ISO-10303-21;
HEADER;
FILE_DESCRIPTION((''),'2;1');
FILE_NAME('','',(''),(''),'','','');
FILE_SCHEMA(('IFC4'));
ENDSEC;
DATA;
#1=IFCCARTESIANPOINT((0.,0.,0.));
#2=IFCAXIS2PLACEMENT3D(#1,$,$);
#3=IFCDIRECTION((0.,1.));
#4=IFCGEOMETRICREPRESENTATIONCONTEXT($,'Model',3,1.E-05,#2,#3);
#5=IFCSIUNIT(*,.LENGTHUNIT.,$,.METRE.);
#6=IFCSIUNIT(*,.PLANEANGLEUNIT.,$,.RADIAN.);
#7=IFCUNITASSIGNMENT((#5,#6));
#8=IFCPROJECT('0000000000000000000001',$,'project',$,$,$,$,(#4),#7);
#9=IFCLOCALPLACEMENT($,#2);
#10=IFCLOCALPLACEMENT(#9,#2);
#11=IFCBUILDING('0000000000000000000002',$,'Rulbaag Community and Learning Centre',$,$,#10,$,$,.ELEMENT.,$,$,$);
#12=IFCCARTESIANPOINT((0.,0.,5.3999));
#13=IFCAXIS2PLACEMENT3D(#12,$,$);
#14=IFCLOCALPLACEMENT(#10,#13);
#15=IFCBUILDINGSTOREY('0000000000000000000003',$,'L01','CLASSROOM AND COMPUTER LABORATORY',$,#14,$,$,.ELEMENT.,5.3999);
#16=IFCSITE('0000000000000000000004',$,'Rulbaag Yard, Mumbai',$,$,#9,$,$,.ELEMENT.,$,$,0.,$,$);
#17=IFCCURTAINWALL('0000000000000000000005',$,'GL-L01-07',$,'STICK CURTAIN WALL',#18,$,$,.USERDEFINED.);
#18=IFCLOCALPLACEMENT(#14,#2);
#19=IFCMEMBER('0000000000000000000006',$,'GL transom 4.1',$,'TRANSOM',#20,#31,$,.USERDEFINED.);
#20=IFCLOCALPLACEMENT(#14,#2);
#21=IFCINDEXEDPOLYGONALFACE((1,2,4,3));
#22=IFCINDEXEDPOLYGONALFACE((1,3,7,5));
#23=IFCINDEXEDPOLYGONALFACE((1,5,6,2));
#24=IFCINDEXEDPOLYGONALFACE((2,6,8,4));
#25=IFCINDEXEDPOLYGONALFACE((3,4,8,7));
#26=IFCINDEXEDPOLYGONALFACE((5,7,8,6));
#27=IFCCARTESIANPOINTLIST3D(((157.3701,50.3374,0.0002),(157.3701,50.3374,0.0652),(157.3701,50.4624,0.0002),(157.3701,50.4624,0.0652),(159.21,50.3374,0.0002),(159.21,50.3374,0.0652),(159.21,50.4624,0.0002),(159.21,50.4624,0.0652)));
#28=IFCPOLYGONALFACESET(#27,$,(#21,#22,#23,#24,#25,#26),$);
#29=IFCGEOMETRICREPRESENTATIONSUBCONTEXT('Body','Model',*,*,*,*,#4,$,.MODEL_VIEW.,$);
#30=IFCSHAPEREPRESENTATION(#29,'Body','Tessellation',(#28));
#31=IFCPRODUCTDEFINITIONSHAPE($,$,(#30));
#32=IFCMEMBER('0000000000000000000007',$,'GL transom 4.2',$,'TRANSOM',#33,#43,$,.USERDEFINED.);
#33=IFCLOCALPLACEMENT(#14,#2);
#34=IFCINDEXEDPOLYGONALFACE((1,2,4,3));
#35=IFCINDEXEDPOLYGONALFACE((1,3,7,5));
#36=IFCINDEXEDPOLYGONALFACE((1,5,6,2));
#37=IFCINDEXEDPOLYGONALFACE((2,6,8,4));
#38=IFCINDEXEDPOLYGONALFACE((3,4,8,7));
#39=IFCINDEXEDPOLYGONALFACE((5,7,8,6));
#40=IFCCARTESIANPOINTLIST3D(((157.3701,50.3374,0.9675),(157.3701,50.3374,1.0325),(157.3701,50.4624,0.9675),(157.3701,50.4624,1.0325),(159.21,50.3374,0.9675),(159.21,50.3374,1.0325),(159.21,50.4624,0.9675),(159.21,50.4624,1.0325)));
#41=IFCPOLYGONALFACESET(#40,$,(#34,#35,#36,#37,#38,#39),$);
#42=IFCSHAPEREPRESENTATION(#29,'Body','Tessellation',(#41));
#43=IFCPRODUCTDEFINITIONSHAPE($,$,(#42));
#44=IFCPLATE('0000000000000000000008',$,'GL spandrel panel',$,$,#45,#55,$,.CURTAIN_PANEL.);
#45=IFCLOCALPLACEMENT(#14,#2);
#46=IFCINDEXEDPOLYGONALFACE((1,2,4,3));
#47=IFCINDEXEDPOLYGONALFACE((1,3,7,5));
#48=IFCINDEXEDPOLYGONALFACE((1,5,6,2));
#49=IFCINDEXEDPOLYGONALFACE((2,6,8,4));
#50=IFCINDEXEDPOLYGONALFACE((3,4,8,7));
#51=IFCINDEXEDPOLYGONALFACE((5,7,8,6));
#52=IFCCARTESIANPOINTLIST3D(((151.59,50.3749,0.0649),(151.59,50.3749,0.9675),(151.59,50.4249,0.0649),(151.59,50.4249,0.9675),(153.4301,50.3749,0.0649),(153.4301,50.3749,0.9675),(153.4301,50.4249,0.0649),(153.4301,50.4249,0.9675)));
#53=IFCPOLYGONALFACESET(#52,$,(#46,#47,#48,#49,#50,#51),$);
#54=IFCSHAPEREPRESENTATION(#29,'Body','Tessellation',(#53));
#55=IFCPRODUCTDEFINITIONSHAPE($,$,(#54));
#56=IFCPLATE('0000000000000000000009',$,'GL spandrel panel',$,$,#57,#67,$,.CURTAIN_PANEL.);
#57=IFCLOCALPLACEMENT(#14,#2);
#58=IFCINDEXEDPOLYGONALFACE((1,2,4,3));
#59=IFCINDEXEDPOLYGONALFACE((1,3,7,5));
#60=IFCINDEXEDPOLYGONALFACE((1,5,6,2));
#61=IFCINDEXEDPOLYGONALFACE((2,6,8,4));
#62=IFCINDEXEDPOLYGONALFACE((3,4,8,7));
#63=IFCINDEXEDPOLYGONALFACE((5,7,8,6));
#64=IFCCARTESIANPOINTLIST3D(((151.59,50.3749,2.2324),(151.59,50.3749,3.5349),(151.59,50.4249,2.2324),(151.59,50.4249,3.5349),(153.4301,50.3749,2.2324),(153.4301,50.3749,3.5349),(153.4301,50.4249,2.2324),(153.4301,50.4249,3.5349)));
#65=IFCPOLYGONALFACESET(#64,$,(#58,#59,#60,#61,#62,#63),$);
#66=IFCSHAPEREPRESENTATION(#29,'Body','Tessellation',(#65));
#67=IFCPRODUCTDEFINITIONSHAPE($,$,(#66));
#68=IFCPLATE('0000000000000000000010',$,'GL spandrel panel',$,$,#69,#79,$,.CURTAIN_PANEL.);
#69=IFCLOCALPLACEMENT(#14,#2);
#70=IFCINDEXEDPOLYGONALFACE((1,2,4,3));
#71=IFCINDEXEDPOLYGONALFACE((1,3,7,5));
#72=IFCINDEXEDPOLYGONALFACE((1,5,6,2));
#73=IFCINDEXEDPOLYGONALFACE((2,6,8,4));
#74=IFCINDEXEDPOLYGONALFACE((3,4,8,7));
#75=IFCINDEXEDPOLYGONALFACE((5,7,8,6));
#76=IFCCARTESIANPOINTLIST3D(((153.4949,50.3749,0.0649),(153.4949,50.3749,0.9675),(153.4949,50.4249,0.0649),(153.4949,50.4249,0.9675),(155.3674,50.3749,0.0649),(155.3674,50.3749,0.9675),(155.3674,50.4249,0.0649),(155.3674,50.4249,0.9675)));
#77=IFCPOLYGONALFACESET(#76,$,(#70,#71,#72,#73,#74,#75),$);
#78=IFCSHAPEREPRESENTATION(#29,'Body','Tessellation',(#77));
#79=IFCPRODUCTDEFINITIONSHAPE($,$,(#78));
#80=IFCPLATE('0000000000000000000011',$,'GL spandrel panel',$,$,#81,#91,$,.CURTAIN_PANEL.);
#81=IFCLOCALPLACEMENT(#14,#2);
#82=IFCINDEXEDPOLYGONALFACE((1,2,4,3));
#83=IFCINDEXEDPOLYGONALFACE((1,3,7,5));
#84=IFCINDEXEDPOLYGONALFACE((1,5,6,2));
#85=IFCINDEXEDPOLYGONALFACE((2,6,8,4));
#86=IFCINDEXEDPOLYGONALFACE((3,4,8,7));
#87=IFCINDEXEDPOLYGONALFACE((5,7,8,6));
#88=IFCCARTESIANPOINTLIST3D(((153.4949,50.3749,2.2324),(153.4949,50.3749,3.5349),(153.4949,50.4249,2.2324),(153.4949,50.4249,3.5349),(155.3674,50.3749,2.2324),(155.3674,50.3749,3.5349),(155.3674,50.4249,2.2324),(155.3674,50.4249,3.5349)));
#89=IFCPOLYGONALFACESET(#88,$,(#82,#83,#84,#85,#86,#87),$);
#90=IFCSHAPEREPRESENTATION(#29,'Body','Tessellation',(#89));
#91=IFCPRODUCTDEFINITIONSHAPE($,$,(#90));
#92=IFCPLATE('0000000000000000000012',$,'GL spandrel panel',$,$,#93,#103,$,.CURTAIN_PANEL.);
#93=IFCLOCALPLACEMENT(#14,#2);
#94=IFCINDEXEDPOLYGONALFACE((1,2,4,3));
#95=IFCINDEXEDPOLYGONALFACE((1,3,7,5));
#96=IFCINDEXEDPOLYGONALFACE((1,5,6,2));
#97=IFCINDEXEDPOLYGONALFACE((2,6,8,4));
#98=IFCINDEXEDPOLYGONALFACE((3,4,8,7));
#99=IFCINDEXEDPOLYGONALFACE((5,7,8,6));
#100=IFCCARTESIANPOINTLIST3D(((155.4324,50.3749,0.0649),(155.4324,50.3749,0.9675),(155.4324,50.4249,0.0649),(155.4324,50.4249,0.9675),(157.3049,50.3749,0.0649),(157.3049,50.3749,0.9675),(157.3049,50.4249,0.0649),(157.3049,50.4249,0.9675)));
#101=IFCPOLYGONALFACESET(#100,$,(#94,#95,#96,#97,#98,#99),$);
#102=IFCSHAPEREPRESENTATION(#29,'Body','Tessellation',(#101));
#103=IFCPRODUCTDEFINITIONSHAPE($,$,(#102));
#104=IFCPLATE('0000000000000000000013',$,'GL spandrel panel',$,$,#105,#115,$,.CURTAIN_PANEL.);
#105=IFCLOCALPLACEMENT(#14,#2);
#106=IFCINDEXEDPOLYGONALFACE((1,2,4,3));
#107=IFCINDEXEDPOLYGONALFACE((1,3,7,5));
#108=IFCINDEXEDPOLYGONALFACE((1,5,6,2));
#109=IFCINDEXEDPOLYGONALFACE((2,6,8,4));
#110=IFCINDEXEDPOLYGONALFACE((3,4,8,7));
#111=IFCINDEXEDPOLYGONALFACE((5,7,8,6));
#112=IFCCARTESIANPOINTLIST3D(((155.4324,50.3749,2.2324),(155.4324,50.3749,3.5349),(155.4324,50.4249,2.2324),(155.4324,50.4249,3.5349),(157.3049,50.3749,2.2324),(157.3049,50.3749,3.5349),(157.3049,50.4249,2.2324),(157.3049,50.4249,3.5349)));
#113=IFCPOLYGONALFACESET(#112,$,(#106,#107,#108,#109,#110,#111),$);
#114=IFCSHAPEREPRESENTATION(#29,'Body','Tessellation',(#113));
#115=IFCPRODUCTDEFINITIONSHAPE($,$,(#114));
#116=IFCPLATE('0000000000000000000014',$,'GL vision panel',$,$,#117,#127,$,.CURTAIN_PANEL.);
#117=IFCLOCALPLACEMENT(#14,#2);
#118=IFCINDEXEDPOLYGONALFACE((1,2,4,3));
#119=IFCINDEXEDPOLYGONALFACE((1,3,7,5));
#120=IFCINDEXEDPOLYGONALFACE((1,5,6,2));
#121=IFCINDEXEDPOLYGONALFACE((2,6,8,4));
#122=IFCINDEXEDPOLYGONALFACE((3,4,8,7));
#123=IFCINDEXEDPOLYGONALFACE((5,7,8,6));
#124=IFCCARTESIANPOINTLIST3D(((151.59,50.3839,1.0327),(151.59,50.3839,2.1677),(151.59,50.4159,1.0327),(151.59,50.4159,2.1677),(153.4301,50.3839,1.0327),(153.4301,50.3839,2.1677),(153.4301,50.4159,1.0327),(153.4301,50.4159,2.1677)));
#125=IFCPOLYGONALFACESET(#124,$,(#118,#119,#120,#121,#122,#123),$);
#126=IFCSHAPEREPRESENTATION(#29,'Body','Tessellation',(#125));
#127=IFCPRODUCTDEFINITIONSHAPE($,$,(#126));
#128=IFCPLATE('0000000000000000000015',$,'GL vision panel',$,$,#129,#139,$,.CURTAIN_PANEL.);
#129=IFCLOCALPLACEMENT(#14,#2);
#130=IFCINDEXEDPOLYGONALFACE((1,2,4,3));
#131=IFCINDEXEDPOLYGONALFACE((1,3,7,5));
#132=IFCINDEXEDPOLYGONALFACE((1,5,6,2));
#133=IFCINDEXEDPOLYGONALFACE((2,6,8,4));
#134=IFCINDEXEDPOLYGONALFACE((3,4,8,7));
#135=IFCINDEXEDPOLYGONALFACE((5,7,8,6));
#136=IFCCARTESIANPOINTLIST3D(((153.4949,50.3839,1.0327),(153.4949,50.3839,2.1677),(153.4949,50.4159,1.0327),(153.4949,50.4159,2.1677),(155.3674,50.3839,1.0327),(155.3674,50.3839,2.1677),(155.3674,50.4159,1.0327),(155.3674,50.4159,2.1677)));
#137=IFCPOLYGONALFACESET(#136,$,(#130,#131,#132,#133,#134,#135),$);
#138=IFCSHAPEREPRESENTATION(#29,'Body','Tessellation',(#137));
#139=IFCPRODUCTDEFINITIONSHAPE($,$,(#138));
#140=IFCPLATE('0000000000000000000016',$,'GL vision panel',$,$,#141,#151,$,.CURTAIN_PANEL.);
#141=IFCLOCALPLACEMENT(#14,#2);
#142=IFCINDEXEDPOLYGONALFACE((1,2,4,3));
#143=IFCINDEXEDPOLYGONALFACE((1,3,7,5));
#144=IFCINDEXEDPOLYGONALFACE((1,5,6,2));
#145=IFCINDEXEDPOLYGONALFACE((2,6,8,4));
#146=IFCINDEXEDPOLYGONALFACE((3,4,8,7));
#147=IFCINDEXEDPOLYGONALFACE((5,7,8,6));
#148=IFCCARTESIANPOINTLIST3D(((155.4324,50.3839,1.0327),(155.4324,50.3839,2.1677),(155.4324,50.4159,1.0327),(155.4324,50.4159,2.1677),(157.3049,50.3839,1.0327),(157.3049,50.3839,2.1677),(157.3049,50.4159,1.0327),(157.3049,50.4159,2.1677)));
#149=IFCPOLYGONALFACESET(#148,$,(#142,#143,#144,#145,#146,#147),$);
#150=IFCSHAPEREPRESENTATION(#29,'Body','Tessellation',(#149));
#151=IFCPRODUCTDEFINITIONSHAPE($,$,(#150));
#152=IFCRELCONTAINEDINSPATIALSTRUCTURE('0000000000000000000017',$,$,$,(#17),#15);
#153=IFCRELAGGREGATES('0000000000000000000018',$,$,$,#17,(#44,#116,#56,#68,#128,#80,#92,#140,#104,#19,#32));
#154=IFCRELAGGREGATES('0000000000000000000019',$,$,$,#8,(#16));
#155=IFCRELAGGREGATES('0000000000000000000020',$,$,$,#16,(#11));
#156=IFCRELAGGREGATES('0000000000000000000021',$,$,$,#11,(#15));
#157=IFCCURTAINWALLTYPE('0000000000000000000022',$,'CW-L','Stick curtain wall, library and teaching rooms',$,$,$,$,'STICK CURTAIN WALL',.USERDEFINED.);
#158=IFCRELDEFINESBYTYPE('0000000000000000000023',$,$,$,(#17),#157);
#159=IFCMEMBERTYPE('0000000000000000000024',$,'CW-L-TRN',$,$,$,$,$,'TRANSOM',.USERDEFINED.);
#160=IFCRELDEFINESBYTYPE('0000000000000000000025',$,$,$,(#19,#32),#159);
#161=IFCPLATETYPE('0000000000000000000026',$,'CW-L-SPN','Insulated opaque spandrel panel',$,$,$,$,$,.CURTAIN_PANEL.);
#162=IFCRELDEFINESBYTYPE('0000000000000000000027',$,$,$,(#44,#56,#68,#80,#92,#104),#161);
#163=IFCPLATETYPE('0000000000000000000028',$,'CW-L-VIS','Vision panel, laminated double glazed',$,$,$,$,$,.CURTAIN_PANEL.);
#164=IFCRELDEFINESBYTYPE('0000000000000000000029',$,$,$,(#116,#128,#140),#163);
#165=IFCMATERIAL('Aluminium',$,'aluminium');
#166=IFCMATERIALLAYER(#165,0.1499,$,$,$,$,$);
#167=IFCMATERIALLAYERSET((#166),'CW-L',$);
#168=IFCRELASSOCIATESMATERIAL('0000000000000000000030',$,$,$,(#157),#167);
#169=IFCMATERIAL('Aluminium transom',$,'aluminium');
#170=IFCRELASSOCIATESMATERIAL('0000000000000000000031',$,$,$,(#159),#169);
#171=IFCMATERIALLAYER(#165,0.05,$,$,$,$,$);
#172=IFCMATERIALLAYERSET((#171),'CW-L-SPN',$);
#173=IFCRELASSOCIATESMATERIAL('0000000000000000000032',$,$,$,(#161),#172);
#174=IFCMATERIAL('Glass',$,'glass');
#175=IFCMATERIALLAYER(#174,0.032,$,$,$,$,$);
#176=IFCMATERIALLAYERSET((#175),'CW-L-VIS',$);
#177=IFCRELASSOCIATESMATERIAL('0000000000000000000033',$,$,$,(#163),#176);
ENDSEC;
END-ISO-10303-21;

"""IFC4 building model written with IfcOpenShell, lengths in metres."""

from ifc_helpers import new_model, si_unit, direction, frame, origin, origin_2d, place, context, subcontext, project, spatial, rectangle, extrude, material, layer, layer_set, material_profile, profile_set, type_object, element, aggregate, save


model = new_model("IFC4")

# Units and contexts
model_context = context("Model", 3, precision=1e-05, world=origin(), true_north=direction((0.0, 1.0)))
body_context = subcontext(model_context, "Body", "Model", "MODEL_VIEW")
ifc_project = project(units=[si_unit("LENGTHUNIT", "METRE"), si_unit("PLANEANGLEUNIT", "RADIAN")], contexts=[model_context])

# Site, building, storey
site_placement = place(None, origin())
site = spatial("IfcSite", under=ifc_project, at=site_placement, Name="Rulbaag Yard, Mumbai", CompositionType="ELEMENT", RefElevation=0.0)
building_placement = place(site_placement, origin())
building = spatial("IfcBuilding", under=site, at=building_placement, Name="Rulbaag Community and Learning Centre", CompositionType="ELEMENT")
storey_placement = place(building_placement, frame((0.0, 0.0, 5.3999)))
storey = spatial("IfcBuildingStorey", under=building, at=storey_placement, Name="L01", Description="CLASSROOM AND COMPUTER LABORATORY", CompositionType="ELEMENT", Elevation=5.3999)

# Curtain wall, members, plates
ifc_material_1 = material(Name="Aluminium", Category="aluminium")
ifc_layer_1 = layer(ifc_material_1, 0.1499)
ifc_layer_set_1 = layer_set([ifc_layer_1], Name="CW-L")
curtain_wall_type = type_object("IfcCurtainWallType", Name="CW-L", Description="Stick curtain wall, library and teaching rooms", ElementType="STICK CURTAIN WALL", PredefinedType="USERDEFINED", material=ifc_layer_set_1)
curtain_wall_placement = place(storey_placement, origin())
curtain_wall = element("IfcCurtainWall", 1, at=curtain_wall_placement, inside=storey, type_object=curtain_wall_type, Name="GL-L01-07", ObjectType="STICK CURTAIN WALL", PredefinedType="USERDEFINED")
ifc_material_2 = material(Name="Aluminium transom", Category="aluminium")
ifc_material_profile_1 = material_profile(ifc_material_2, rectangle(XDim=0.125, YDim=0.0649, at=origin_2d()), Name="AL 65x125 T")
ifc_profile_set_1 = profile_set([ifc_material_profile_1], Name="Aluminium transom")
member_type_1 = type_object("IfcMemberType", Name="CW-L-TRN", ElementType="TRANSOM", PredefinedType="USERDEFINED", material=ifc_profile_set_1)
member_1_placement = place(storey_placement, frame((157.3701, 50.3999, 0.0327), z_axis=(1.0, 0.0, 0.0), x_axis=(0.0, 1.0, 0.0)))
member_1 = element("IfcMember", 2, at=member_1_placement, type_object=member_type_1, Name="GL transom 4.1", ObjectType="TRANSOM", PredefinedType="USERDEFINED", context=body_context, shape_type="SweptSolid", body=[
    extrude(rectangle(XDim=0.125, YDim=0.0649, at=origin_2d()), origin(), (0.0, 0.0, 1.0), 1.8398),
])
member_2_placement = place(storey_placement, frame((157.3701, 50.3999, 1.0), z_axis=(1.0, 0.0, 0.0), x_axis=(0.0, 1.0, 0.0)))
member_2 = element("IfcMember", 3, at=member_2_placement, type_object=member_type_1, Name="GL transom 4.2", ObjectType="TRANSOM", PredefinedType="USERDEFINED", context=body_context, shape_type="SweptSolid", body=[
    extrude(rectangle(XDim=0.125, YDim=0.0649, at=origin_2d()), origin(), (0.0, 0.0, 1.0), 1.8398),
])
ifc_layer_2 = layer(ifc_material_1, 0.05)
ifc_layer_set_2 = layer_set([ifc_layer_2], Name="CW-L-SPN")
plate_type_1 = type_object("IfcPlateType", Name="CW-L-SPN", Description="Insulated opaque spandrel panel", PredefinedType="CURTAIN_PANEL", material=ifc_layer_set_2)
plate_1_placement = place(storey_placement, frame((152.51, 50.3999, 0.0649), z_axis=(0.0, 0.0, 1.0), x_axis=(1.0, 0.0, 0.0)))
plate_1 = element("IfcPlate", 4, at=plate_1_placement, type_object=plate_type_1, Name="GL spandrel panel", PredefinedType="CURTAIN_PANEL", context=body_context, shape_type="SweptSolid", body=[
    extrude(rectangle(XDim=1.8401, YDim=0.05, at=origin_2d()), origin(), (0.0, 0.0, 1.0), 0.9026),
])
plate_2_placement = place(storey_placement, frame((152.51, 50.3999, 2.2324), z_axis=(0.0, 0.0, 1.0), x_axis=(1.0, 0.0, 0.0)))
plate_2 = element("IfcPlate", 5, at=plate_2_placement, type_object=plate_type_1, Name="GL spandrel panel", PredefinedType="CURTAIN_PANEL", context=body_context, shape_type="SweptSolid", body=[
    extrude(rectangle(XDim=1.8401, YDim=0.05, at=origin_2d()), origin(), (0.0, 0.0, 1.0), 1.3025),
])
plate_3_placement = place(storey_placement, frame((154.4312, 50.3999, 0.0649), z_axis=(0.0, 0.0, 1.0), x_axis=(1.0, 0.0, 0.0)))
plate_3 = element("IfcPlate", 6, at=plate_3_placement, type_object=plate_type_1, Name="GL spandrel panel", PredefinedType="CURTAIN_PANEL", context=body_context, shape_type="SweptSolid", body=[
    extrude(rectangle(XDim=1.8726, YDim=0.05, at=origin_2d()), origin(), (0.0, 0.0, 1.0), 0.9026),
])
plate_4_placement = place(storey_placement, frame((154.4312, 50.3999, 2.2324), z_axis=(0.0, 0.0, 1.0), x_axis=(1.0, 0.0, 0.0)))
plate_4 = element("IfcPlate", 7, at=plate_4_placement, type_object=plate_type_1, Name="GL spandrel panel", PredefinedType="CURTAIN_PANEL", context=body_context, shape_type="SweptSolid", body=[
    extrude(rectangle(XDim=1.8726, YDim=0.05, at=origin_2d()), origin(), (0.0, 0.0, 1.0), 1.3025),
])
plate_5_placement = place(storey_placement, frame((156.3687, 50.3999, 0.0649), z_axis=(0.0, 0.0, 1.0), x_axis=(1.0, 0.0, 0.0)))
plate_5 = element("IfcPlate", 8, at=plate_5_placement, type_object=plate_type_1, Name="GL spandrel panel", PredefinedType="CURTAIN_PANEL", context=body_context, shape_type="SweptSolid", body=[
    extrude(rectangle(XDim=1.8726, YDim=0.05, at=origin_2d()), origin(), (0.0, 0.0, 1.0), 0.9026),
])
plate_6_placement = place(storey_placement, frame((156.3687, 50.3999, 2.2324), z_axis=(0.0, 0.0, 1.0), x_axis=(1.0, 0.0, 0.0)))
plate_6 = element("IfcPlate", 9, at=plate_6_placement, type_object=plate_type_1, Name="GL spandrel panel", PredefinedType="CURTAIN_PANEL", context=body_context, shape_type="SweptSolid", body=[
    extrude(rectangle(XDim=1.8726, YDim=0.05, at=origin_2d()), origin(), (0.0, 0.0, 1.0), 1.3025),
])
ifc_material_3 = material(Name="Glass", Category="glass")
ifc_layer_3 = layer(ifc_material_3, 0.032)
ifc_layer_set_3 = layer_set([ifc_layer_3], Name="CW-L-VIS")
plate_type_2 = type_object("IfcPlateType", Name="CW-L-VIS", Description="Vision panel, laminated double glazed", PredefinedType="CURTAIN_PANEL", material=ifc_layer_set_3)
plate_7_placement = place(storey_placement, frame((152.51, 50.3999, 1.0327), z_axis=(0.0, 0.0, 1.0), x_axis=(1.0, 0.0, 0.0)))
plate_7 = element("IfcPlate", 10, at=plate_7_placement, type_object=plate_type_2, Name="GL vision panel", PredefinedType="CURTAIN_PANEL", context=body_context, shape_type="SweptSolid", body=[
    extrude(rectangle(XDim=1.8401, YDim=0.032, at=origin_2d()), origin(), (0.0, 0.0, 1.0), 1.135),
])
plate_8_placement = place(storey_placement, frame((154.4312, 50.3999, 1.0327), z_axis=(0.0, 0.0, 1.0), x_axis=(1.0, 0.0, 0.0)))
plate_8 = element("IfcPlate", 11, at=plate_8_placement, type_object=plate_type_2, Name="GL vision panel", PredefinedType="CURTAIN_PANEL", context=body_context, shape_type="SweptSolid", body=[
    extrude(rectangle(XDim=1.8726, YDim=0.032, at=origin_2d()), origin(), (0.0, 0.0, 1.0), 1.135),
])
plate_9_placement = place(storey_placement, frame((156.3687, 50.3999, 1.0327), z_axis=(0.0, 0.0, 1.0), x_axis=(1.0, 0.0, 0.0)))
plate_9 = element("IfcPlate", 12, at=plate_9_placement, type_object=plate_type_2, Name="GL vision panel", PredefinedType="CURTAIN_PANEL", context=body_context, shape_type="SweptSolid", body=[
    extrude(rectangle(XDim=1.8726, YDim=0.032, at=origin_2d()), origin(), (0.0, 0.0, 1.0), 1.135),
])
aggregate(curtain_wall, [plate_1, plate_7, plate_2, plate_3, plate_8, plate_4, plate_5, plate_9, plate_6, member_1, member_2])

save(model, "model.ifc")
